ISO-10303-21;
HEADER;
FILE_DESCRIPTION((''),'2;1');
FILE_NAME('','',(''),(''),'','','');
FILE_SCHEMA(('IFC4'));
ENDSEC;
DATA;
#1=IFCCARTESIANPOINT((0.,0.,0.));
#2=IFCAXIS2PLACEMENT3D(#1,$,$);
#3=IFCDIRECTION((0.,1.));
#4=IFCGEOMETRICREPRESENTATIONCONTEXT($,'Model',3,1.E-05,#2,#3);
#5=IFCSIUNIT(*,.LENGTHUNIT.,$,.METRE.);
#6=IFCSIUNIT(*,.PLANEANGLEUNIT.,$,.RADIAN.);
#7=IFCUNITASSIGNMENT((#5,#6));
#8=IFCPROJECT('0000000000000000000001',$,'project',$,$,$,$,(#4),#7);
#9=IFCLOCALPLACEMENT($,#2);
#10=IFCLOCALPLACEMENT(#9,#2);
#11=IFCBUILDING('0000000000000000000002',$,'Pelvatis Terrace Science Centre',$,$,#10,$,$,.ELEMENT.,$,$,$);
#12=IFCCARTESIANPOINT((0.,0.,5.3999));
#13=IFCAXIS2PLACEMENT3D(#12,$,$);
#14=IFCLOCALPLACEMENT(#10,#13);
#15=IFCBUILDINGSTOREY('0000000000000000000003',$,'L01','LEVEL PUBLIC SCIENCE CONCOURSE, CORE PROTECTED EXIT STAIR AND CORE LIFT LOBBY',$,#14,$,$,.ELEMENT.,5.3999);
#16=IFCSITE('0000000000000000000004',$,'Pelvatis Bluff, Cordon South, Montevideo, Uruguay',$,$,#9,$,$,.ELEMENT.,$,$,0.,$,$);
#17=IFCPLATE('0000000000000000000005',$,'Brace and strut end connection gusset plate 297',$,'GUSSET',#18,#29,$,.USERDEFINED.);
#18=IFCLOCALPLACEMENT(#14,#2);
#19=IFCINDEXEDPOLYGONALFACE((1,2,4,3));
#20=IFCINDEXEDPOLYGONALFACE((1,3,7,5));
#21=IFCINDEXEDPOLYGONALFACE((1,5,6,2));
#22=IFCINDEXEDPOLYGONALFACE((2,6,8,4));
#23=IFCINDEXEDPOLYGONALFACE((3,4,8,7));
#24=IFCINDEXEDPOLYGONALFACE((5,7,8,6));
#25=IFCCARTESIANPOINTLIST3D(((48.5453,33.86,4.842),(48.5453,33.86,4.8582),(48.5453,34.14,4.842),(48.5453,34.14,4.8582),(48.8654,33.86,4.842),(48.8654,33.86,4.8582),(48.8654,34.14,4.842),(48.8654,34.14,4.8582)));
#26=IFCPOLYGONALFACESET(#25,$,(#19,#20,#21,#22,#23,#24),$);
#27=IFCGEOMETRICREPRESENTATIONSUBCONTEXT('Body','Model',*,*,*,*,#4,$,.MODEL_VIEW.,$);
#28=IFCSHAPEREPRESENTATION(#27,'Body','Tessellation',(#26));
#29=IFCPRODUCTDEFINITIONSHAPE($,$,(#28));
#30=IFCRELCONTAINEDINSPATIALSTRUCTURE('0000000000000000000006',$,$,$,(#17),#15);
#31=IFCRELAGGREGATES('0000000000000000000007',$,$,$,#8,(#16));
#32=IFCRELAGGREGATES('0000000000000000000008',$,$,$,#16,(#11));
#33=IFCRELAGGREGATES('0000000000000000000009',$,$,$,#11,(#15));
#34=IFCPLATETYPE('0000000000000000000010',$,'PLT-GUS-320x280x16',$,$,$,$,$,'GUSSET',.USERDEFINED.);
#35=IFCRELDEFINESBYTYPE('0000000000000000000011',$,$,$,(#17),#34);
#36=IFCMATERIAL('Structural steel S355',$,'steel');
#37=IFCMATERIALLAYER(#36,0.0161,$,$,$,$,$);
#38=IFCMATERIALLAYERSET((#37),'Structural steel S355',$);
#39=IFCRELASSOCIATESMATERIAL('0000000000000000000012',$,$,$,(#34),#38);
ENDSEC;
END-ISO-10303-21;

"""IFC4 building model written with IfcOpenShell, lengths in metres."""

from ifc_helpers import new_model, si_unit, direction, frame, origin, origin_2d, place, context, subcontext, project, spatial, rectangle, extrude, material, layer, layer_set, type_object, element, save


model = new_model("IFC4")

# Units and contexts
model_context = context("Model", 3, precision=1e-05, world=origin(), true_north=direction((0.0, 1.0)))
body_context = subcontext(model_context, "Body", "Model", "MODEL_VIEW")
ifc_project = project(units=[si_unit("LENGTHUNIT", "METRE"), si_unit("PLANEANGLEUNIT", "RADIAN")], contexts=[model_context])

# Site, building, storey
site_placement = place(None, origin())
site = spatial("IfcSite", under=ifc_project, at=site_placement, Name="Pelvatis Bluff, Cordon South, Montevideo, Uruguay", CompositionType="ELEMENT", RefElevation=0.0)
building_placement = place(site_placement, origin())
building = spatial("IfcBuilding", under=site, at=building_placement, Name="Pelvatis Terrace Science Centre", CompositionType="ELEMENT")
storey_placement = place(building_placement, frame((0.0, 0.0, 5.3999)))
storey = spatial("IfcBuildingStorey", under=building, at=storey_placement, Name="L01", Description="LEVEL PUBLIC SCIENCE CONCOURSE, CORE PROTECTED EXIT STAIR AND CORE LIFT LOBBY", CompositionType="ELEMENT", Elevation=5.3999)

# Plate
ifc_material_1 = material(Name="Structural steel S355", Category="steel")
ifc_layer = layer(ifc_material_1, 0.0161)
ifc_layer_set = layer_set([ifc_layer], Name="Structural steel S355")
plate_type = type_object("IfcPlateType", Name="PLT-GUS-320x280x16", ElementType="GUSSET", PredefinedType="USERDEFINED", material=ifc_layer_set)
for number, where, z_axis, x_axis, name in (
    (1, (48.7053, 34.0, 4.842), (0.0, 0.0, 1.0), (1.0, 0.0, 0.0), "Brace and strut end connection gusset plate 297"),
):
    element("IfcPlate", number, at=place(storey_placement, frame(where, z_axis=z_axis, x_axis=x_axis)), inside=storey, type_object=plate_type, Name=name, ObjectType="GUSSET", PredefinedType="USERDEFINED", context=body_context, shape_type="SweptSolid", body=[
        extrude(rectangle(XDim=0.3201, YDim=0.28, at=origin_2d()), origin(), (0.0, 0.0, 1.0), 0.0161),
    ])

save(model, "model.ifc")
